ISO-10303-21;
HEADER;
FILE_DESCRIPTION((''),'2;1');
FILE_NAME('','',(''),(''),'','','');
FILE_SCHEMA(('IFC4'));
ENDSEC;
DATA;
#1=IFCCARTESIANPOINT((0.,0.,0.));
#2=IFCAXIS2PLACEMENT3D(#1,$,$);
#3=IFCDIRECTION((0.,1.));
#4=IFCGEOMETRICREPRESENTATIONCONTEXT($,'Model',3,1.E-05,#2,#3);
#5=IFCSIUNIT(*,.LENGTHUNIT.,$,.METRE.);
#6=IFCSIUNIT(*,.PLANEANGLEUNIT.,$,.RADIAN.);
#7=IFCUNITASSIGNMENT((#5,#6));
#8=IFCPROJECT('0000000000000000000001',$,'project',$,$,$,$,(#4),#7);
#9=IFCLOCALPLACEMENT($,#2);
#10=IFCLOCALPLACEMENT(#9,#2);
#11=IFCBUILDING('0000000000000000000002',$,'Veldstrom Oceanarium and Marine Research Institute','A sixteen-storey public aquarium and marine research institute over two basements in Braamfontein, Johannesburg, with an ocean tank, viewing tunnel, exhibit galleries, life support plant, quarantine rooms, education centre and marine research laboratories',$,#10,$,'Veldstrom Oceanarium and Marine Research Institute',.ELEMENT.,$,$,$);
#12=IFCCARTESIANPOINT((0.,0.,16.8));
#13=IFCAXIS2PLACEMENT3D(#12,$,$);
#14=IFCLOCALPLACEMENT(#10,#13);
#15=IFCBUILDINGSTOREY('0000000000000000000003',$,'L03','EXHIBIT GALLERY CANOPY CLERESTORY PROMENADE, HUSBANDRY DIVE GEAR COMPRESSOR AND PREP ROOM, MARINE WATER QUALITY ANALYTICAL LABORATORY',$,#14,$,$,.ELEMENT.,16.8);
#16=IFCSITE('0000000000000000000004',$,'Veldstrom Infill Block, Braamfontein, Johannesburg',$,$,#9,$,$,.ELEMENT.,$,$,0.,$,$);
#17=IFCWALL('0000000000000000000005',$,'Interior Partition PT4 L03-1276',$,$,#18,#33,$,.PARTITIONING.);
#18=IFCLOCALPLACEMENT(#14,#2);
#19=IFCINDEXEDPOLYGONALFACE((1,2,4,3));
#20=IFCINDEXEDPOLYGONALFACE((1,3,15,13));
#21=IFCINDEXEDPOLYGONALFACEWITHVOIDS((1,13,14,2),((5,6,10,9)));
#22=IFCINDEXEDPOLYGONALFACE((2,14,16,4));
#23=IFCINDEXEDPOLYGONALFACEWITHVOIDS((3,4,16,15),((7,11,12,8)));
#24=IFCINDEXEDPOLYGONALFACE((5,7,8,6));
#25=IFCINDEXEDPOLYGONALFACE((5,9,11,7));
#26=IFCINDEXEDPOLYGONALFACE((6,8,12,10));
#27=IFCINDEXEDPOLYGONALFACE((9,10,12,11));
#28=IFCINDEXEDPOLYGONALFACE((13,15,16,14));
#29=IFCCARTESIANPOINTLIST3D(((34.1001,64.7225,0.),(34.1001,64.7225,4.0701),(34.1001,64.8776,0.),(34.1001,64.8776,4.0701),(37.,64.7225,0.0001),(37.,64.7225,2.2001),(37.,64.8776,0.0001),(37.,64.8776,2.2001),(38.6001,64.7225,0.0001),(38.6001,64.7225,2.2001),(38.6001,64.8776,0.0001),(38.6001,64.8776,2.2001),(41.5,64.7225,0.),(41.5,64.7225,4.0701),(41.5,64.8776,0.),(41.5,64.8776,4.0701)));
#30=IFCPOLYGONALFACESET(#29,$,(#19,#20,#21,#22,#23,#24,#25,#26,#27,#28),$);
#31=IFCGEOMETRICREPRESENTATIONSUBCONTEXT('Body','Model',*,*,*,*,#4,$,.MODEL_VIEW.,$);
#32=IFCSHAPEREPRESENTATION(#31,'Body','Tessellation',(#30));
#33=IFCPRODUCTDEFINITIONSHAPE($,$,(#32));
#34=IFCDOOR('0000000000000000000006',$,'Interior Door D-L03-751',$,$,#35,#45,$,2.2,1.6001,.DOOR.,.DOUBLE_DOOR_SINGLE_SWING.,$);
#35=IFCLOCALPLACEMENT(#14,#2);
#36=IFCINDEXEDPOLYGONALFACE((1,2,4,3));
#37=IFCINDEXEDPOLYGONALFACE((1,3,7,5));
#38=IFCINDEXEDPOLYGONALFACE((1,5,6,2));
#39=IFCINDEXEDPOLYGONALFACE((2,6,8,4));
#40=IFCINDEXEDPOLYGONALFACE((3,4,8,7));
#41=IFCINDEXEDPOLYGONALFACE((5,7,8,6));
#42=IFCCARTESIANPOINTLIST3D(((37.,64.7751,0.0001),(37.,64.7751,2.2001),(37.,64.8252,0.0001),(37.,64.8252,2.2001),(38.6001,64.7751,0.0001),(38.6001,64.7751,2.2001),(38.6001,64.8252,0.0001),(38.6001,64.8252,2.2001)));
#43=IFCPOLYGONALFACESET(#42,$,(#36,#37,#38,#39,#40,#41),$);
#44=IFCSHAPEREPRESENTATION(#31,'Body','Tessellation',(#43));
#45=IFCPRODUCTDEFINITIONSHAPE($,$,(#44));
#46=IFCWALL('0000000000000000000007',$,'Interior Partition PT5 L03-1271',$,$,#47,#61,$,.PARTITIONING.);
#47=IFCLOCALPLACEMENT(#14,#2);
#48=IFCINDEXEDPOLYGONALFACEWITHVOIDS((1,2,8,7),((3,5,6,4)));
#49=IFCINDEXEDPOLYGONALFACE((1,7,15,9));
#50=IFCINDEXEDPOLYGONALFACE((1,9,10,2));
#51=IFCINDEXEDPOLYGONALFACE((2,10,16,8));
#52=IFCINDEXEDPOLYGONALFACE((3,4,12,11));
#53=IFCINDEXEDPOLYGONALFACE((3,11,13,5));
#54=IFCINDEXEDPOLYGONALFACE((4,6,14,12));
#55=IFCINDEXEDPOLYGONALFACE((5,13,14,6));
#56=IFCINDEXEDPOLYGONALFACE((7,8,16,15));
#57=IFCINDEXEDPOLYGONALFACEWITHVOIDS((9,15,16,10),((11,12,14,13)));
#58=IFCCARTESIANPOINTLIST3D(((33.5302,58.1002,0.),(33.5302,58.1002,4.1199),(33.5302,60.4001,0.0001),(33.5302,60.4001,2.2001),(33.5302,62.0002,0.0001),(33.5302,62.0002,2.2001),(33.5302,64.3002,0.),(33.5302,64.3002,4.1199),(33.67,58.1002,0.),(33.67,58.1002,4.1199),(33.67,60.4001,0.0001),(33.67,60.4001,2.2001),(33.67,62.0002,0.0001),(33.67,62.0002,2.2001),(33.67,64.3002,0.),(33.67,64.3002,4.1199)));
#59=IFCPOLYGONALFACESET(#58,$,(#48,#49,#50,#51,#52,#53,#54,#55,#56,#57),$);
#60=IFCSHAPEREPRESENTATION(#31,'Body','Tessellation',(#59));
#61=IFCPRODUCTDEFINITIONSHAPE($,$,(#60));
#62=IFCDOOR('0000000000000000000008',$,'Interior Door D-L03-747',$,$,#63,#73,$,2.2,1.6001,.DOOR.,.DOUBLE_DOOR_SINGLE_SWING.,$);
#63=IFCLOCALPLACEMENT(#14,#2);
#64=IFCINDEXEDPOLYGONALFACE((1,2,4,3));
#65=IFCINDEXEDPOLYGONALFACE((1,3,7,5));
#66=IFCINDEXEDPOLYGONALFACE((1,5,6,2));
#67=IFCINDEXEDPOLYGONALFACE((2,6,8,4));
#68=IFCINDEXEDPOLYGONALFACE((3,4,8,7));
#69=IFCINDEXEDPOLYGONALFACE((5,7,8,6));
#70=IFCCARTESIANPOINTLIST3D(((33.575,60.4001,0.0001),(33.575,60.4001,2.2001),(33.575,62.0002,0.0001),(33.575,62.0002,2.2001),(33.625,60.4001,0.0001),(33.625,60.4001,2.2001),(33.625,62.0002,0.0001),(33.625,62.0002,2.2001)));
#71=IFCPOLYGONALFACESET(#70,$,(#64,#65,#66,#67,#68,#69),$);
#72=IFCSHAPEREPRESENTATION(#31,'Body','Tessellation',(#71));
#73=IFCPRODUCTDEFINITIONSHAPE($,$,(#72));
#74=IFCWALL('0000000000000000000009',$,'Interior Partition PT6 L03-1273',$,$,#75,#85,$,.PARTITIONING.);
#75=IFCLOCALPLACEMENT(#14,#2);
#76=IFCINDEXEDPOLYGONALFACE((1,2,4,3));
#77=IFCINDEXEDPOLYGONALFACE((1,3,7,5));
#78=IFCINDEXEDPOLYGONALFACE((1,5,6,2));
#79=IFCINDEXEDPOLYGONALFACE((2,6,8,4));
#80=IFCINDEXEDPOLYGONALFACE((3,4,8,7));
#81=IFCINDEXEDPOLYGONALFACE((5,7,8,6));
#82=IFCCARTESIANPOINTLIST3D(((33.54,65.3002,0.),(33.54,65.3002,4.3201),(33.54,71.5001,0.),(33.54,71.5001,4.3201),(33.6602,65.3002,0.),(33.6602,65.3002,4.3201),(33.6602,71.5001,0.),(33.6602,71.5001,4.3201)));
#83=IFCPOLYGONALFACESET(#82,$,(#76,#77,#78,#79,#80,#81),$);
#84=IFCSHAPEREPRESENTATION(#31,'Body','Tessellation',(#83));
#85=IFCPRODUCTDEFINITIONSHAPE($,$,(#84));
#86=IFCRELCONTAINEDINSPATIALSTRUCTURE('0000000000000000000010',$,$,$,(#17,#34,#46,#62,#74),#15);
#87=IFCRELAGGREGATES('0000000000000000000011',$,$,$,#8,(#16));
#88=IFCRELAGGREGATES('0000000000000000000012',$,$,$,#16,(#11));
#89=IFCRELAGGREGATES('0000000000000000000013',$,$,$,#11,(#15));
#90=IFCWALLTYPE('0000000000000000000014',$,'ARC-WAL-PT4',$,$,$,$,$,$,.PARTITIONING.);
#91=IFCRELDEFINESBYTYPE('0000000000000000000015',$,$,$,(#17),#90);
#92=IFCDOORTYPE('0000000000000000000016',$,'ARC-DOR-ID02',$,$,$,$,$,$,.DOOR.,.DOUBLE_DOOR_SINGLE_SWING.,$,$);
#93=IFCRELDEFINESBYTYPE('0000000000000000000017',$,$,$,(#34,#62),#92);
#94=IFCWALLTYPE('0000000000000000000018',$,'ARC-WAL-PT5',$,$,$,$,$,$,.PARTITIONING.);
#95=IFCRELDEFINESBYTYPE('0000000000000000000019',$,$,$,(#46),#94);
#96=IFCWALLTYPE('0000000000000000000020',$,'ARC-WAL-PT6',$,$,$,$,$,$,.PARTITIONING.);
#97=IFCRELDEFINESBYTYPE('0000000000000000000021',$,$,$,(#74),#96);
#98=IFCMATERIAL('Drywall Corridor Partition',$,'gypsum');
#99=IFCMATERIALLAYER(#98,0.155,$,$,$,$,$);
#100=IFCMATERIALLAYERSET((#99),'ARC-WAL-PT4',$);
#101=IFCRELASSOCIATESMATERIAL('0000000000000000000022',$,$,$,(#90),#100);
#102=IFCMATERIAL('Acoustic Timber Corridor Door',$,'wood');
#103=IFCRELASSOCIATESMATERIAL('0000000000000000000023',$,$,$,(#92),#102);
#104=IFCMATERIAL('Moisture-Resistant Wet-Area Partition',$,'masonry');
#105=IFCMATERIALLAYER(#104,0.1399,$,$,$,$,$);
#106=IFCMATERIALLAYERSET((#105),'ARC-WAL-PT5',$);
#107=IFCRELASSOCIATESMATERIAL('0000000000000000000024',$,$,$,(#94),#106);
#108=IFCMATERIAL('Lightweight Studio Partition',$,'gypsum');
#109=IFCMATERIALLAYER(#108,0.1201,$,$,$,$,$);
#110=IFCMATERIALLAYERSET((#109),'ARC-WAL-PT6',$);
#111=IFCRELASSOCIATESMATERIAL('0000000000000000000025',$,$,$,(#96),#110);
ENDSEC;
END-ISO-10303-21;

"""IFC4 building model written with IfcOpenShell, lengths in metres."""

from ifc_helpers import new_model, si_unit, direction, frame, frame_2d, origin, place, context, subcontext, project, spatial, rectangle, extrude, material, layer, layer_set, type_object, element, fill, save


model = new_model("IFC4")

# Units and contexts
model_context = context("Model", 3, precision=1e-05, world=origin(), true_north=direction((0.0, 1.0)))
body_context = subcontext(model_context, "Body", "Model", "MODEL_VIEW")
ifc_project = project(units=[si_unit("LENGTHUNIT", "METRE"), si_unit("PLANEANGLEUNIT", "RADIAN")], contexts=[model_context])

# Site, building, storey
site_placement = place(None, origin())
site = spatial("IfcSite", under=ifc_project, at=site_placement, Name="Veldstrom Infill Block, Braamfontein, Johannesburg", CompositionType="ELEMENT", RefElevation=0.0)
building_placement = place(site_placement, origin())
building = spatial("IfcBuilding", under=site, at=building_placement, Name="Veldstrom Oceanarium and Marine Research Institute", Description="A sixteen-storey public aquarium and marine research institute over two basements in Braamfontein, Johannesburg, with an ocean tank, viewing tunnel, exhibit galleries, life support plant, quarantine rooms, education centre and marine research laboratories", LongName="Veldstrom Oceanarium and Marine Research Institute", CompositionType="ELEMENT")
storey_placement = place(building_placement, frame((0.0, 0.0, 16.8)))
storey = spatial("IfcBuildingStorey", under=building, at=storey_placement, Name="L03", Description="EXHIBIT GALLERY CANOPY CLERESTORY PROMENADE, HUSBANDRY DIVE GEAR COMPRESSOR AND PREP ROOM, MARINE WATER QUALITY ANALYTICAL LABORATORY", CompositionType="ELEMENT", Elevation=16.8)

# Walls, openings, doors
ifc_material_1 = material(Name="Drywall Corridor Partition", Category="gypsum")
ifc_layer_1 = layer(ifc_material_1, 0.155)
ifc_layer_set_1 = layer_set([ifc_layer_1], Name="ARC-WAL-PT4")
wall_type_1 = type_object("IfcWallType", Name="ARC-WAL-PT4", PredefinedType="PARTITIONING", material=ifc_layer_set_1)
wall_1_placement = place(storey_placement, frame((34.1001, 64.8, 0.0), z_axis=(0.0, 0.0, 1.0), x_axis=(1.0, 0.0, 0.0)))
wall_1 = element("IfcWall", 1, at=wall_1_placement, inside=storey, type_object=wall_type_1, Name="Interior Partition PT4 L03-1276", PredefinedType="PARTITIONING", context=body_context, shape_type="SweptSolid", body=[
    extrude(rectangle(XDim=7.3999, YDim=0.155, at=frame_2d((3.7, 0.0))), origin(), (0.0, 0.0, 1.0), 4.0701),
])
opening_1_placement = place(wall_1_placement, frame((2.8999, 0.0, 0.0)))
opening_1 = element("IfcOpeningElement", 2, at=opening_1_placement, cuts=wall_1, PredefinedType="OPENING", context=body_context, shape_type="SweptSolid", body=[
    extrude(rectangle(XDim=1.6001, YDim=2.2, at=frame_2d((0.8, 1.1001))), frame((0.0, 0.0874, 0.0), z_axis=(0.0, -1.0, 0.0), x_axis=(1.0, 0.0, 0.0)), (0.0, 0.0, 1.0), 0.175),
])
ifc_material_2 = material(Name="Acoustic Timber Corridor Door", Category="wood")
door_type = type_object("IfcDoorType", Name="ARC-DOR-ID02", OperationType="DOUBLE_DOOR_SINGLE_SWING", PredefinedType="DOOR", material=ifc_material_2)
door_1_placement = place(opening_1_placement, frame((1.6001, 0.0, 0.0), z_axis=(0.0, 0.0, 1.0), x_axis=(-1.0, 0.0, 0.0)))
door_1 = element("IfcDoor", 3, at=door_1_placement, inside=storey, type_object=door_type, Name="Interior Door D-L03-751", OperationType="DOUBLE_DOOR_SINGLE_SWING", OverallHeight=2.2, OverallWidth=1.6001, PredefinedType="DOOR", context=body_context, shape_type="SweptSolid", body=[
    extrude(rectangle(XDim=1.6001, YDim=2.2, at=frame_2d((0.8, 1.1001))), frame((0.0, 0.0249, 0.0), z_axis=(0.0, -1.0, 0.0), x_axis=(1.0, 0.0, 0.0)), (0.0, 0.0, 1.0), 0.05),
])
fill(opening_1, door_1)
ifc_material_3 = material(Name="Moisture-Resistant Wet-Area Partition", Category="masonry")
ifc_layer_2 = layer(ifc_material_3, 0.1399)
ifc_layer_set_2 = layer_set([ifc_layer_2], Name="ARC-WAL-PT5")
wall_type_2 = type_object("IfcWallType", Name="ARC-WAL-PT5", PredefinedType="PARTITIONING", material=ifc_layer_set_2)
wall_2_placement = place(storey_placement, frame((33.6001, 58.1001, 0.0), z_axis=(0.0, 0.0, 1.0), x_axis=(0.0, 1.0, 0.0)))
wall_2 = element("IfcWall", 4, at=wall_2_placement, inside=storey, type_object=wall_type_2, Name="Interior Partition PT5 L03-1271", PredefinedType="PARTITIONING", context=body_context, shape_type="SweptSolid", body=[
    extrude(rectangle(XDim=6.2, YDim=0.1399, at=frame_2d((3.1001, 0.0))), origin(), (0.0, 0.0, 1.0), 4.1199),
])
opening_2_placement = place(wall_2_placement, frame((2.3, 0.0, 0.0)))
opening_2 = element("IfcOpeningElement", 5, at=opening_2_placement, cuts=wall_2, PredefinedType="OPENING", context=body_context, shape_type="SweptSolid", body=[
    extrude(rectangle(XDim=1.6001, YDim=2.2, at=frame_2d((0.8, 1.1001))), frame((0.0, 0.0798, 0.0), z_axis=(0.0, -1.0, 0.0), x_axis=(1.0, 0.0, 0.0)), (0.0, 0.0, 1.0), 0.1599),
])
door_2_placement = place(opening_2_placement, frame((1.6001, 0.0, 0.0), z_axis=(0.0, 0.0, 1.0), x_axis=(-1.0, 0.0, 0.0)))
door_2 = element("IfcDoor", 6, at=door_2_placement, inside=storey, type_object=door_type, Name="Interior Door D-L03-747", OperationType="DOUBLE_DOOR_SINGLE_SWING", OverallHeight=2.2, OverallWidth=1.6001, PredefinedType="DOOR", context=body_context, shape_type="SweptSolid", body=[
    extrude(rectangle(XDim=1.6001, YDim=2.2, at=frame_2d((0.8, 1.1001))), frame((0.0, 0.0249, 0.0), z_axis=(0.0, -1.0, 0.0), x_axis=(1.0, 0.0, 0.0)), (0.0, 0.0, 1.0), 0.05),
])
fill(opening_2, door_2)

# Wall
ifc_material_4 = material(Name="Lightweight Studio Partition", Category="gypsum")
ifc_layer_3 = layer(ifc_material_4, 0.1201)
ifc_layer_set_3 = layer_set([ifc_layer_3], Name="ARC-WAL-PT6")
wall_type_3 = type_object("IfcWallType", Name="ARC-WAL-PT6", PredefinedType="PARTITIONING", material=ifc_layer_set_3)
wall_3_placement = place(storey_placement, frame((33.6001, 65.3, 0.0), z_axis=(0.0, 0.0, 1.0), x_axis=(0.0, 1.0, 0.0)))
element("IfcWall", 7, at=wall_3_placement, inside=storey, type_object=wall_type_3, Name="Interior Partition PT6 L03-1273", PredefinedType="PARTITIONING", context=body_context, shape_type="SweptSolid", body=[
    extrude(rectangle(XDim=6.2, YDim=0.1201, at=frame_2d((3.1001, 0.0))), origin(), (0.0, 0.0, 1.0), 4.3201),
])

save(model, "model.ifc")
